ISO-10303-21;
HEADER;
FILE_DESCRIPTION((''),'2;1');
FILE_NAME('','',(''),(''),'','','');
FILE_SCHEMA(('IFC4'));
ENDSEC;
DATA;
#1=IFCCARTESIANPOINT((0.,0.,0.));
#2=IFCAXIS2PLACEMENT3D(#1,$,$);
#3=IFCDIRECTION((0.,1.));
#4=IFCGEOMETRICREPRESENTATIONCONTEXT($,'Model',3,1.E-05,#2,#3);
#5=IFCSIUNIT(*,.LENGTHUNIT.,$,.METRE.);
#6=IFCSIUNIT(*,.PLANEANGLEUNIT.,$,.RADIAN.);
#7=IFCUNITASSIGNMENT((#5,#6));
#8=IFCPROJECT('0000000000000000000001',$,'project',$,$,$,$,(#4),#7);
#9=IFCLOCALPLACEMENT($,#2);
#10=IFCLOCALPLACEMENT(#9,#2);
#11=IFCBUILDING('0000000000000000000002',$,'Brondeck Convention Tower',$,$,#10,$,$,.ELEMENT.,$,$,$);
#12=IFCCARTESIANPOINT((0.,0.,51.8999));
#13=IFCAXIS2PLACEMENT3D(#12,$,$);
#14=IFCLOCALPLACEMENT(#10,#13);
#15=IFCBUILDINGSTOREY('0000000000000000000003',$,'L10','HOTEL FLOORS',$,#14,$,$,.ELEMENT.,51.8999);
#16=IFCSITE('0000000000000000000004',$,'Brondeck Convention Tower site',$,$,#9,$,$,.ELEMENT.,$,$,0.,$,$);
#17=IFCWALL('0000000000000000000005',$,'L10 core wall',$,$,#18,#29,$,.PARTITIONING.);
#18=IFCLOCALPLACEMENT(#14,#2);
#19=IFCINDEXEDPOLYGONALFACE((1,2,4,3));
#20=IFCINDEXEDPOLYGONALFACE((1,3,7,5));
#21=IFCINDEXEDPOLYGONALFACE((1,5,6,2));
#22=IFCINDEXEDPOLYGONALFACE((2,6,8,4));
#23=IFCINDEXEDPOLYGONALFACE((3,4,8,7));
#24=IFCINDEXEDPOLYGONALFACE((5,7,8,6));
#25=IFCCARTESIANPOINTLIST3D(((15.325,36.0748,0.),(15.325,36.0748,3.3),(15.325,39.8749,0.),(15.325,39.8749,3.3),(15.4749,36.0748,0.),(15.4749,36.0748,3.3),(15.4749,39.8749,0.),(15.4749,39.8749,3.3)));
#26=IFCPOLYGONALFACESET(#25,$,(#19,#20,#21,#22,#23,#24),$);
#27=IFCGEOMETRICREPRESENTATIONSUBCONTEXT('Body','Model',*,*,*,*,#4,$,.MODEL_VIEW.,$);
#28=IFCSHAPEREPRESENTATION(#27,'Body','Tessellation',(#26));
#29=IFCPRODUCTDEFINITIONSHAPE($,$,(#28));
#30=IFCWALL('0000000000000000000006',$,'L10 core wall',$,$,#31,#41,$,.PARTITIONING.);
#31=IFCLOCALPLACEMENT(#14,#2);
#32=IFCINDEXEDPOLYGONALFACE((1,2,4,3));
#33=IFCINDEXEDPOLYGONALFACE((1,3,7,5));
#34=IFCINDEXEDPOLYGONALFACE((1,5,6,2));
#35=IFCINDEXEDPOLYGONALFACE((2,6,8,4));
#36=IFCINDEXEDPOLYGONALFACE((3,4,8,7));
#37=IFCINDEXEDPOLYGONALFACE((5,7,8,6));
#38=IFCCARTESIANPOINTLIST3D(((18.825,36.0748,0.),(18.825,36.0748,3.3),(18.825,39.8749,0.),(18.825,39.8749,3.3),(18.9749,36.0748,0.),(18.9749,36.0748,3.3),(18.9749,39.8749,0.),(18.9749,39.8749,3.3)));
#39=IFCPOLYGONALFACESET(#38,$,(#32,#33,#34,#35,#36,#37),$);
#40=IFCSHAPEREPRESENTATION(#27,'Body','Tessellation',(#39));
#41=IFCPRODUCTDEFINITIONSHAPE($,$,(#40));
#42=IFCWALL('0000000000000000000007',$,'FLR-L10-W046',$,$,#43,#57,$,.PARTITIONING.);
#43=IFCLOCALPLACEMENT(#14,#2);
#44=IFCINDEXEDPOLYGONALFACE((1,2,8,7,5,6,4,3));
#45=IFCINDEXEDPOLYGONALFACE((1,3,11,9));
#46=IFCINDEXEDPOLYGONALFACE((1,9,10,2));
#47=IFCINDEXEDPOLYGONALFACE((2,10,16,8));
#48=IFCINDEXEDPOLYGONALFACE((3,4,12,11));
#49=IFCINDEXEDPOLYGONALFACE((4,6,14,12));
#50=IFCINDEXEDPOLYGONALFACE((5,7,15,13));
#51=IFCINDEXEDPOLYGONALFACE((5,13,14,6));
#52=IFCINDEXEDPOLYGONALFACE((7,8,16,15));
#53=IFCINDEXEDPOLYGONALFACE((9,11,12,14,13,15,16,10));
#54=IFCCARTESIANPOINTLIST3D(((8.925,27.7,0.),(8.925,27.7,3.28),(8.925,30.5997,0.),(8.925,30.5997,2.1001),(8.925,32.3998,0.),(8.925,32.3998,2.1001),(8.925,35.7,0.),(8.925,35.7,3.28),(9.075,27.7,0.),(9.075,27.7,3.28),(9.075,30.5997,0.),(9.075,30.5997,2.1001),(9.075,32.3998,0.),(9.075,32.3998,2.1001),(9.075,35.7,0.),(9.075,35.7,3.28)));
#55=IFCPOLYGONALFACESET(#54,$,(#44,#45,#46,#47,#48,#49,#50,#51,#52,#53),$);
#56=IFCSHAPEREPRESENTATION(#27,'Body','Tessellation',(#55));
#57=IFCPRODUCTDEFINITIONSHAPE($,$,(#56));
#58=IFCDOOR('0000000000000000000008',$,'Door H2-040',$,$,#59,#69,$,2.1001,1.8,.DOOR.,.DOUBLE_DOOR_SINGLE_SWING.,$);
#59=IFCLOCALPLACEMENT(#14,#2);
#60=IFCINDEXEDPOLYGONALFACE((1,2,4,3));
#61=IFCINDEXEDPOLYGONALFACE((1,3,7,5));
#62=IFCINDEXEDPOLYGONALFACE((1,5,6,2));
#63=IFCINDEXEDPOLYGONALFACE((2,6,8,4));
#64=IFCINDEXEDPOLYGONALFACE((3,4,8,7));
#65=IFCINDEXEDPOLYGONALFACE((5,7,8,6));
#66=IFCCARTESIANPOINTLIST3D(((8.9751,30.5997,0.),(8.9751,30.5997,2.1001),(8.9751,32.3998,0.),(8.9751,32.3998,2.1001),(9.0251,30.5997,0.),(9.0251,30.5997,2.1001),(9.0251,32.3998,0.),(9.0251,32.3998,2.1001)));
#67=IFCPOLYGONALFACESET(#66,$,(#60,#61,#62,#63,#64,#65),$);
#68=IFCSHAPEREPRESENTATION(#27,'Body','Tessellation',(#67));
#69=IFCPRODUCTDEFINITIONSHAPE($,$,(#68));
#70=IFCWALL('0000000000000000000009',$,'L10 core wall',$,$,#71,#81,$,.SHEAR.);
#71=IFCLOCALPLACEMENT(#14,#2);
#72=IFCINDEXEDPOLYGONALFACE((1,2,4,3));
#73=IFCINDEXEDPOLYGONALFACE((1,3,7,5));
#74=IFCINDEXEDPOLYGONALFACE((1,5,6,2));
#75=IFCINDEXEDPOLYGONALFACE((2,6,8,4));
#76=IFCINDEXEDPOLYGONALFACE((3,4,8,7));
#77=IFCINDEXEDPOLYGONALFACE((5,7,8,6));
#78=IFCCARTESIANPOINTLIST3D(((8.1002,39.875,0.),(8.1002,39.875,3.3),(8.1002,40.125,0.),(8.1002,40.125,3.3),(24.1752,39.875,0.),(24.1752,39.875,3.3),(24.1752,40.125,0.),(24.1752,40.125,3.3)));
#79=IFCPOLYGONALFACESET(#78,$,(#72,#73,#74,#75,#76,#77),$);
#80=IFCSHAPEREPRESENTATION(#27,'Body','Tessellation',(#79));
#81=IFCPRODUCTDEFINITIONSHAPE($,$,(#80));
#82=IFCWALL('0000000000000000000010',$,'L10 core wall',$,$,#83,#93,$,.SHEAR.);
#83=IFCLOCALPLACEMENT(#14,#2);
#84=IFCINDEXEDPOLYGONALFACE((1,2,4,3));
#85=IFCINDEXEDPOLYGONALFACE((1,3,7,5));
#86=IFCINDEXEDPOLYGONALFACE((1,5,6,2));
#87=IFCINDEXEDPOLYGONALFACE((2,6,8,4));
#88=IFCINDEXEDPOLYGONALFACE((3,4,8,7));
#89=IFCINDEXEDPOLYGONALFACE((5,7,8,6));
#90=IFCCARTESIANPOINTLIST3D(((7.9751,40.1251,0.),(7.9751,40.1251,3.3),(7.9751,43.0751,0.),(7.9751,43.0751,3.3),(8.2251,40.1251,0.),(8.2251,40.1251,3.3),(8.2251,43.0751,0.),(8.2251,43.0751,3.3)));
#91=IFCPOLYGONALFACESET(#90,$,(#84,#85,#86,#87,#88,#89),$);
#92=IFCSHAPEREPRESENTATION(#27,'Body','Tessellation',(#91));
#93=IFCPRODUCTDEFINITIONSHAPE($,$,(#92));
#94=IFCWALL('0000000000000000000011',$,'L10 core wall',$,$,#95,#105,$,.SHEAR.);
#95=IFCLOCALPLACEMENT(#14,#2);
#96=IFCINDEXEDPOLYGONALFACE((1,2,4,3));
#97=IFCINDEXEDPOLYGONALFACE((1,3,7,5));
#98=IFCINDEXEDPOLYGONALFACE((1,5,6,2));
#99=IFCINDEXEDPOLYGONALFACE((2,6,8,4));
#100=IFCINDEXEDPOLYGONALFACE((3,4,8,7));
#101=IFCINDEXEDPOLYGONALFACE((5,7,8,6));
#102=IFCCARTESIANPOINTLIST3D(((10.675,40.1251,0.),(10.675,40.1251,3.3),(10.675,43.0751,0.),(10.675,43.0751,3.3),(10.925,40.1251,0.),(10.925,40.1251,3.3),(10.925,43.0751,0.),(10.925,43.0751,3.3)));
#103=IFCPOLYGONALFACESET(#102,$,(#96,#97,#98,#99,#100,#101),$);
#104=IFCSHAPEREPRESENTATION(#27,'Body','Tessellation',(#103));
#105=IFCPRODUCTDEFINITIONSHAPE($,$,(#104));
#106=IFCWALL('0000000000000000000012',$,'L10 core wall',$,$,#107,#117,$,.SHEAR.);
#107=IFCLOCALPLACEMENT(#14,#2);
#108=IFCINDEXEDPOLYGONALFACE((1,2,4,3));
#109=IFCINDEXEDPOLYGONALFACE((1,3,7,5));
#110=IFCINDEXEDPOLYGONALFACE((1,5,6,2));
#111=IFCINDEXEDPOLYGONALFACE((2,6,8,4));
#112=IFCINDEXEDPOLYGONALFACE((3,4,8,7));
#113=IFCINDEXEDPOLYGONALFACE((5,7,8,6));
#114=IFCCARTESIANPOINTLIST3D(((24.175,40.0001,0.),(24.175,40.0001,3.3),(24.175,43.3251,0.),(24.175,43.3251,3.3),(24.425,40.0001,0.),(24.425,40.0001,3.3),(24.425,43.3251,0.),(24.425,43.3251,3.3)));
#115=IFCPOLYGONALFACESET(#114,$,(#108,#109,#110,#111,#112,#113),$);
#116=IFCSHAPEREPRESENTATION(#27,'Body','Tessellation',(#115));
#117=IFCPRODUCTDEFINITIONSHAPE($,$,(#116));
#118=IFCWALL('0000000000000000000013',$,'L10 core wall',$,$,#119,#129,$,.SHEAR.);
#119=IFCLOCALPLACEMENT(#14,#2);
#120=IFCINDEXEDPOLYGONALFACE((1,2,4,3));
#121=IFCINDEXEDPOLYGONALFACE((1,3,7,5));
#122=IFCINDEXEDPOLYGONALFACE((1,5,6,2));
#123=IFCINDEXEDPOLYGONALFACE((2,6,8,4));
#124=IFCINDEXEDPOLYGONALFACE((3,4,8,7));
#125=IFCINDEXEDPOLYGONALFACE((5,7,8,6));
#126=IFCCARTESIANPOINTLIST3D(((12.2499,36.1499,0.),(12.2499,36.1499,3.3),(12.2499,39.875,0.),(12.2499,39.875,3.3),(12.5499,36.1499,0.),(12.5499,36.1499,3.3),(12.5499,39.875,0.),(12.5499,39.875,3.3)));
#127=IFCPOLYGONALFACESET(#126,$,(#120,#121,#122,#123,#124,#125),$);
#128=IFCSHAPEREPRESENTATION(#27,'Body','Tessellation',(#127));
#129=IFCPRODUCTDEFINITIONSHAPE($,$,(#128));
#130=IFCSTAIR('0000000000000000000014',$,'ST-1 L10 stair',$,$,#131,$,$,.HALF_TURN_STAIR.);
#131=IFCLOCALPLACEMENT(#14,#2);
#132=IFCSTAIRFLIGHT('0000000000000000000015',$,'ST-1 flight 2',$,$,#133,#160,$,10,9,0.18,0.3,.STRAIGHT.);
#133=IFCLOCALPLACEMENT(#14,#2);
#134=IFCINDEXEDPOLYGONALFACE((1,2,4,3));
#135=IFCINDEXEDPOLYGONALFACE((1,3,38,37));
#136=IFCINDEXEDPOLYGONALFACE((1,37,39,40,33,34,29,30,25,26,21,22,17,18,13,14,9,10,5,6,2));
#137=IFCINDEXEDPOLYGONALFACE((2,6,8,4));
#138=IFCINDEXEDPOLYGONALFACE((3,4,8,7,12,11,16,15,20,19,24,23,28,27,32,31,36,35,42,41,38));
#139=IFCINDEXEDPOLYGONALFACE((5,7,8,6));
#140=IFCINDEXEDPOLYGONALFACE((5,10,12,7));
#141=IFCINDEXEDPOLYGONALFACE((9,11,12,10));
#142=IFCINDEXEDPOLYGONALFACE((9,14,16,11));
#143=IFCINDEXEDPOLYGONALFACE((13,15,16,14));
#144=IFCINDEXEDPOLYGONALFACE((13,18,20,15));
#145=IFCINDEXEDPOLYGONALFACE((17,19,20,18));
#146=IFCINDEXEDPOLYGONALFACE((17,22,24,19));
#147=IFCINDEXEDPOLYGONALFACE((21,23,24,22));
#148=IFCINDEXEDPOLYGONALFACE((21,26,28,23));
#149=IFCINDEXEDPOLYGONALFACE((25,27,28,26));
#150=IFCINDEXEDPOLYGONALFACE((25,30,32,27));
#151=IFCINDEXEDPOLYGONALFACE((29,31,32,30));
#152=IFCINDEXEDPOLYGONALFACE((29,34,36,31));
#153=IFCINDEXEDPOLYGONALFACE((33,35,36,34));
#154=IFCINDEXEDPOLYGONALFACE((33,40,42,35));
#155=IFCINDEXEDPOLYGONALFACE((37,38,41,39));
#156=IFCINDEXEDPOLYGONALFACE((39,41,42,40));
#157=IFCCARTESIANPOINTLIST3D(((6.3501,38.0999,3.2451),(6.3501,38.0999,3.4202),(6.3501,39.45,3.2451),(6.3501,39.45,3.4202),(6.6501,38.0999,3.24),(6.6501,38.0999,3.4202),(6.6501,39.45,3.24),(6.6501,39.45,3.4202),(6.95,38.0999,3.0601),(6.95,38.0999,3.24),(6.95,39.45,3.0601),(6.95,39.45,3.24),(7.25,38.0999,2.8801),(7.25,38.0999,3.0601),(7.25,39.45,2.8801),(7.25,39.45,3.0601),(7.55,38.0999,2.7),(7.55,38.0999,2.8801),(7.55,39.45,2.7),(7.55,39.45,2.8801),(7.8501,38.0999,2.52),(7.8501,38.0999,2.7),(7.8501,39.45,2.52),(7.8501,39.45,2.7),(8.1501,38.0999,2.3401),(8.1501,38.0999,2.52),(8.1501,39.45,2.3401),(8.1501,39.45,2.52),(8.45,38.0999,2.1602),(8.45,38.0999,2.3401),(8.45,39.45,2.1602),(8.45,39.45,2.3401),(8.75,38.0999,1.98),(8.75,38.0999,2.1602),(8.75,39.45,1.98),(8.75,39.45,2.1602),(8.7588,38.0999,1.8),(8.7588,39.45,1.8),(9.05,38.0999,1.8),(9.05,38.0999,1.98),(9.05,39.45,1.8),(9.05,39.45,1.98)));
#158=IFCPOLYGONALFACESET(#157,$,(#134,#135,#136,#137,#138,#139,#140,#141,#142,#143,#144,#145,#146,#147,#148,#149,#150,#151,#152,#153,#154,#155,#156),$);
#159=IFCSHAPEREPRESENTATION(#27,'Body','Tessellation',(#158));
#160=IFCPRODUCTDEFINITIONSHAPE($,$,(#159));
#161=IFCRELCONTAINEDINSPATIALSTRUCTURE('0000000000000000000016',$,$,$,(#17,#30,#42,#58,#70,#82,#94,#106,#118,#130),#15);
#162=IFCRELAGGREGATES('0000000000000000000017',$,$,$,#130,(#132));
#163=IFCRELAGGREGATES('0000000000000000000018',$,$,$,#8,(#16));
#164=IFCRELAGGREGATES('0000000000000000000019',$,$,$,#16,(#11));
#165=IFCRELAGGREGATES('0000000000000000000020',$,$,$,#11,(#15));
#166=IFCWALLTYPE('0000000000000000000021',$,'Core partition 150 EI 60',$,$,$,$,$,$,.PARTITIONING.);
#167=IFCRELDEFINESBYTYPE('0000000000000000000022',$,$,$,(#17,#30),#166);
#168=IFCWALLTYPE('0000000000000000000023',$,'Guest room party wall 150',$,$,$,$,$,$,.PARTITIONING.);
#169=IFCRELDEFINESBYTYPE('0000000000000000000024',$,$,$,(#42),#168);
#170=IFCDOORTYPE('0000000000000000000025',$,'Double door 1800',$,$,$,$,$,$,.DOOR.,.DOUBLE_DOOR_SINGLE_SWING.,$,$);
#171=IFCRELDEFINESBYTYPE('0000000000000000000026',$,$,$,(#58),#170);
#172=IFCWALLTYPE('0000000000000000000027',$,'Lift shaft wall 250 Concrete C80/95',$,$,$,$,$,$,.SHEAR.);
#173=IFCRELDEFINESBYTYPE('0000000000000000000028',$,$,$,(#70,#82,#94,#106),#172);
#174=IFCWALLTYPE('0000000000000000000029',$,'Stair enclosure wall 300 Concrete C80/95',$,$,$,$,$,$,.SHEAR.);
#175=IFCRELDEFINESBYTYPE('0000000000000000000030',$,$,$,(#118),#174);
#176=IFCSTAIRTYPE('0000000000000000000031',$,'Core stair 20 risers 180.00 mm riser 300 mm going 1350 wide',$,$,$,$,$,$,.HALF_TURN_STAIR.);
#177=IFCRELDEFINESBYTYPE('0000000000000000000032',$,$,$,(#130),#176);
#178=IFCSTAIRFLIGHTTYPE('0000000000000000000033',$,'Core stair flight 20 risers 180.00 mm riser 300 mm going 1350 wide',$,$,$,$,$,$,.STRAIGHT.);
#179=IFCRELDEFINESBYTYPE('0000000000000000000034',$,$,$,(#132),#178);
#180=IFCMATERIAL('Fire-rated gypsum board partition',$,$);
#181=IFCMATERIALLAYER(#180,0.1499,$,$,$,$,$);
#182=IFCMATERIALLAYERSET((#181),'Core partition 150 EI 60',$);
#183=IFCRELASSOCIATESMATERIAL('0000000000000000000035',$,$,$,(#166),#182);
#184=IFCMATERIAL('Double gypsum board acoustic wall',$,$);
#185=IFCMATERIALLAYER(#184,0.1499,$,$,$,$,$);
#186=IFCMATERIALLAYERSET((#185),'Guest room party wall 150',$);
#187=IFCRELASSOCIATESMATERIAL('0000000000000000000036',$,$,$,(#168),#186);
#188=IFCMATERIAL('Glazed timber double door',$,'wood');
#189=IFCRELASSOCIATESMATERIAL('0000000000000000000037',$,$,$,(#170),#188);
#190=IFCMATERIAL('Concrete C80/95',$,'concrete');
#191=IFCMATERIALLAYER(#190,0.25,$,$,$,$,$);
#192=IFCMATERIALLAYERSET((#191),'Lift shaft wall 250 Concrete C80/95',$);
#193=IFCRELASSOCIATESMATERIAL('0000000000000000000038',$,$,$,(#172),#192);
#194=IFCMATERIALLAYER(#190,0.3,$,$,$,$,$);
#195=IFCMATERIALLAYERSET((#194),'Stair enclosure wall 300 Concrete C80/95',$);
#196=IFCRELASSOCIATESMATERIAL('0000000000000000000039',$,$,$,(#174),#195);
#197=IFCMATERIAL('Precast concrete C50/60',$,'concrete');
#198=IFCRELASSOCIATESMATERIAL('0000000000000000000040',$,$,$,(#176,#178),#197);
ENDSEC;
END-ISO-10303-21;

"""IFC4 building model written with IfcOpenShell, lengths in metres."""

from ifc_helpers import new_model, si_unit, direction, frame, frame_2d, origin, place, context, subcontext, project, spatial, polyline, rectangle, outline, extrude, material, layer, layer_set, type_object, element, fill, aggregate, save


model = new_model("IFC4")

# Units and contexts
model_context = context("Model", 3, precision=1e-05, world=origin(), true_north=direction((0.0, 1.0)))
body_context = subcontext(model_context, "Body", "Model", "MODEL_VIEW")
ifc_project = project(units=[si_unit("LENGTHUNIT", "METRE"), si_unit("PLANEANGLEUNIT", "RADIAN")], contexts=[model_context])

# Site, building, storey
site_placement = place(None, origin())
site = spatial("IfcSite", under=ifc_project, at=site_placement, Name="Brondeck Convention Tower site", CompositionType="ELEMENT", RefElevation=0.0)
building_placement = place(site_placement, origin())
building = spatial("IfcBuilding", under=site, at=building_placement, Name="Brondeck Convention Tower", CompositionType="ELEMENT")
storey_placement = place(building_placement, frame((0.0, 0.0, 51.8999)))
storey = spatial("IfcBuildingStorey", under=building, at=storey_placement, Name="L10", Description="HOTEL FLOORS", CompositionType="ELEMENT", Elevation=51.8999)

# Shared definitions
ifc_material_1 = material(Name="Concrete C80/95", Category="concrete")

# Walls
ifc_material_2 = material(Name="Fire-rated gypsum board partition")
ifc_layer_1 = layer(ifc_material_2, 0.1499)
ifc_layer_set_1 = layer_set([ifc_layer_1], Name="Core partition 150 EI 60")
wall_type_1 = type_object("IfcWallType", Name="Core partition 150 EI 60", PredefinedType="PARTITIONING", material=ifc_layer_set_1)
for number, where, z_axis, x_axis, name in (
    (1, (15.3999, 36.075, 0.0), (0.0, 0.0, 1.0), (0.0, 1.0, 0.0), "L10 core wall"),
    (2, (18.8999, 36.075, 0.0), (0.0, 0.0, 1.0), (0.0, 1.0, 0.0), "L10 core wall"),
):
    element("IfcWall", number, at=place(storey_placement, frame(where, z_axis=z_axis, x_axis=x_axis)), inside=storey, type_object=wall_type_1, Name=name, PredefinedType="PARTITIONING", context=body_context, shape_type="SweptSolid", body=[
        extrude(rectangle(XDim=3.8, YDim=0.1499, at=frame_2d((1.8999, 0.0))), origin(), (0.0, 0.0, 1.0), 3.3),
    ])

# Wall, opening, door
ifc_material_3 = material(Name="Double gypsum board acoustic wall")
ifc_layer_2 = layer(ifc_material_3, 0.1499)
ifc_layer_set_2 = layer_set([ifc_layer_2], Name="Guest room party wall 150")
wall_type_2 = type_object("IfcWallType", Name="Guest room party wall 150", PredefinedType="PARTITIONING", material=ifc_layer_set_2)
wall_1_placement = place(storey_placement, frame((9.0, 27.7, 0.0), z_axis=(0.0, 0.0, 1.0), x_axis=(0.0, 1.0, 0.0)))
wall_1 = element("IfcWall", 3, at=wall_1_placement, inside=storey, type_object=wall_type_2, Name="FLR-L10-W046", PredefinedType="PARTITIONING", context=body_context, shape_type="SweptSolid", body=[
    extrude(rectangle(XDim=8.0, YDim=0.1499, at=frame_2d((4.0, 0.0))), origin(), (0.0, 0.0, 1.0), 3.28),
])
opening_1_placement = place(wall_1_placement, frame((2.8999, 0.0, 0.0)))
opening_1 = element("IfcOpeningElement", 4, at=opening_1_placement, cuts=wall_1, PredefinedType="OPENING", context=body_context, shape_type="SweptSolid", body=[
    extrude(rectangle(XDim=1.8, YDim=2.1001, at=frame_2d((0.8999, 1.05))), frame((0.0, 0.085, 0.0), z_axis=(0.0, -1.0, 0.0), x_axis=(1.0, 0.0, 0.0)), (0.0, 0.0, 1.0), 0.1699),
])
ifc_material_4 = material(Name="Glazed timber double door", Category="wood")
door_type_1 = type_object("IfcDoorType", Name="Double door 1800", OperationType="DOUBLE_DOOR_SINGLE_SWING", PredefinedType="DOOR", material=ifc_material_4)
door_1_placement = place(opening_1_placement, origin())
door_1 = element("IfcDoor", 5, at=door_1_placement, inside=storey, type_object=door_type_1, Name="Door H2-040", OperationType="DOUBLE_DOOR_SINGLE_SWING", OverallHeight=2.1001, OverallWidth=1.8, PredefinedType="DOOR", context=body_context, shape_type="SweptSolid", body=[
    extrude(rectangle(XDim=1.8, YDim=2.1001, at=frame_2d((0.8999, 1.05))), frame((0.0, 0.0249, 0.0), z_axis=(0.0, -1.0, 0.0), x_axis=(1.0, 0.0, 0.0)), (0.0, 0.0, 1.0), 0.05),
])
fill(opening_1, door_1)

# Walls
ifc_layer_3 = layer(ifc_material_1, 0.25)
ifc_layer_set_3 = layer_set([ifc_layer_3], Name="Lift shaft wall 250 Concrete C80/95")
wall_type_3 = type_object("IfcWallType", Name="Lift shaft wall 250 Concrete C80/95", PredefinedType="SHEAR", material=ifc_layer_set_3)
wall_2_placement = place(storey_placement, frame((8.1001, 40.0, 0.0), z_axis=(0.0, 0.0, 1.0), x_axis=(1.0, 0.0, 0.0)))
element("IfcWall", 6, at=wall_2_placement, inside=storey, type_object=wall_type_3, Name="L10 core wall", PredefinedType="SHEAR", context=body_context, shape_type="SweptSolid", body=[
    extrude(rectangle(XDim=16.075, YDim=0.25, at=frame_2d((8.0376, 0.0))), origin(), (0.0, 0.0, 1.0), 3.3),
])
for number, where, z_axis, x_axis, name in (
    (7, (8.1001, 40.125, 0.0), (0.0, 0.0, 1.0), (0.0, 1.0, 0.0), "L10 core wall"),
    (8, (10.8, 40.125, 0.0), (0.0, 0.0, 1.0), (0.0, 1.0, 0.0), "L10 core wall"),
):
    element("IfcWall", number, at=place(storey_placement, frame(where, z_axis=z_axis, x_axis=x_axis)), inside=storey, type_object=wall_type_3, Name=name, PredefinedType="SHEAR", context=body_context, shape_type="SweptSolid", body=[
        extrude(rectangle(XDim=2.95, YDim=0.25, at=frame_2d((1.4751, 0.0))), origin(), (0.0, 0.0, 1.0), 3.3),
    ])
wall_3_placement = place(storey_placement, frame((24.3, 40.0, 0.0), z_axis=(0.0, 0.0, 1.0), x_axis=(0.0, 1.0, 0.0)))
element("IfcWall", 9, at=wall_3_placement, inside=storey, type_object=wall_type_3, Name="L10 core wall", PredefinedType="SHEAR", context=body_context, shape_type="SweptSolid", body=[
    extrude(rectangle(XDim=3.325, YDim=0.25, at=frame_2d((1.6626, 0.0))), origin(), (0.0, 0.0, 1.0), 3.3),
])
ifc_layer_4 = layer(ifc_material_1, 0.3)
ifc_layer_set_4 = layer_set([ifc_layer_4], Name="Stair enclosure wall 300 Concrete C80/95")
wall_type_4 = type_object("IfcWallType", Name="Stair enclosure wall 300 Concrete C80/95", PredefinedType="SHEAR", material=ifc_layer_set_4)
wall_4_placement = place(storey_placement, frame((12.3999, 36.1499, 0.0), z_axis=(0.0, 0.0, 1.0), x_axis=(0.0, 1.0, 0.0)))
element("IfcWall", 10, at=wall_4_placement, inside=storey, type_object=wall_type_4, Name="L10 core wall", PredefinedType="SHEAR", context=body_context, shape_type="SweptSolid", body=[
    extrude(rectangle(XDim=3.7251, YDim=0.3, at=frame_2d((1.8625, 0.0))), origin(), (0.0, 0.0, 1.0), 3.3),
])

# Stair, stair flight
ifc_material_5 = material(Name="Precast concrete C50/60", Category="concrete")
stair_type = type_object("IfcStairType", Name="Core stair 20 risers 180.00 mm riser 300 mm going 1350 wide", PredefinedType="HALF_TURN_STAIR", material=ifc_material_5)
stair_placement = place(storey_placement, origin())
stair = element("IfcStair", 11, at=stair_placement, inside=storey, type_object=stair_type, Name="ST-1 L10 stair", PredefinedType="HALF_TURN_STAIR")
stair_flight_type = type_object("IfcStairFlightType", Name="Core stair flight 20 risers 180.00 mm riser 300 mm going 1350 wide", PredefinedType="STRAIGHT", material=ifc_material_5)
stair_flight_placement = place(storey_placement, frame((9.05, 38.7749, 1.8), z_axis=(0.0, 0.0, 1.0), x_axis=(-1.0, 0.0, 0.0)))
stair_flight = element("IfcStairFlight", 12, at=stair_flight_placement, type_object=stair_flight_type, Name="ST-1 flight 2", NumberOfRisers=10, NumberOfTreads=9, PredefinedType="STRAIGHT", RiserHeight=0.18, TreadLength=0.3, context=body_context, shape_type="SweptSolid", body=[
    extrude(outline(polyline([(0.0, 0.0), (0.0, 0.1799), (0.3, 0.1799), (0.3, 0.3601), (0.6001, 0.3601), (0.6001, 0.54), (0.8999, 0.54), (0.8999, 0.72), (1.2, 0.72), (1.2, 0.8999), (1.5, 0.8999), (1.5, 1.0801), (1.8, 1.0801), (1.8, 1.26), (2.1001, 1.26), (2.1001, 1.4399), (2.3999, 1.4399), (2.3999, 1.6201), (2.7, 1.6201), (2.7, 1.8), (2.7, 1.4451), (0.2913, 0.0), (0.0, 0.0)])), frame((0.0, 0.675, 0.0), z_axis=(0.0, -1.0, 0.0), x_axis=(1.0, 0.0, 0.0)), (0.0, 0.0, 1.0), 1.3501),
])
aggregate(stair, [stair_flight])

save(model, "model.ifc")
